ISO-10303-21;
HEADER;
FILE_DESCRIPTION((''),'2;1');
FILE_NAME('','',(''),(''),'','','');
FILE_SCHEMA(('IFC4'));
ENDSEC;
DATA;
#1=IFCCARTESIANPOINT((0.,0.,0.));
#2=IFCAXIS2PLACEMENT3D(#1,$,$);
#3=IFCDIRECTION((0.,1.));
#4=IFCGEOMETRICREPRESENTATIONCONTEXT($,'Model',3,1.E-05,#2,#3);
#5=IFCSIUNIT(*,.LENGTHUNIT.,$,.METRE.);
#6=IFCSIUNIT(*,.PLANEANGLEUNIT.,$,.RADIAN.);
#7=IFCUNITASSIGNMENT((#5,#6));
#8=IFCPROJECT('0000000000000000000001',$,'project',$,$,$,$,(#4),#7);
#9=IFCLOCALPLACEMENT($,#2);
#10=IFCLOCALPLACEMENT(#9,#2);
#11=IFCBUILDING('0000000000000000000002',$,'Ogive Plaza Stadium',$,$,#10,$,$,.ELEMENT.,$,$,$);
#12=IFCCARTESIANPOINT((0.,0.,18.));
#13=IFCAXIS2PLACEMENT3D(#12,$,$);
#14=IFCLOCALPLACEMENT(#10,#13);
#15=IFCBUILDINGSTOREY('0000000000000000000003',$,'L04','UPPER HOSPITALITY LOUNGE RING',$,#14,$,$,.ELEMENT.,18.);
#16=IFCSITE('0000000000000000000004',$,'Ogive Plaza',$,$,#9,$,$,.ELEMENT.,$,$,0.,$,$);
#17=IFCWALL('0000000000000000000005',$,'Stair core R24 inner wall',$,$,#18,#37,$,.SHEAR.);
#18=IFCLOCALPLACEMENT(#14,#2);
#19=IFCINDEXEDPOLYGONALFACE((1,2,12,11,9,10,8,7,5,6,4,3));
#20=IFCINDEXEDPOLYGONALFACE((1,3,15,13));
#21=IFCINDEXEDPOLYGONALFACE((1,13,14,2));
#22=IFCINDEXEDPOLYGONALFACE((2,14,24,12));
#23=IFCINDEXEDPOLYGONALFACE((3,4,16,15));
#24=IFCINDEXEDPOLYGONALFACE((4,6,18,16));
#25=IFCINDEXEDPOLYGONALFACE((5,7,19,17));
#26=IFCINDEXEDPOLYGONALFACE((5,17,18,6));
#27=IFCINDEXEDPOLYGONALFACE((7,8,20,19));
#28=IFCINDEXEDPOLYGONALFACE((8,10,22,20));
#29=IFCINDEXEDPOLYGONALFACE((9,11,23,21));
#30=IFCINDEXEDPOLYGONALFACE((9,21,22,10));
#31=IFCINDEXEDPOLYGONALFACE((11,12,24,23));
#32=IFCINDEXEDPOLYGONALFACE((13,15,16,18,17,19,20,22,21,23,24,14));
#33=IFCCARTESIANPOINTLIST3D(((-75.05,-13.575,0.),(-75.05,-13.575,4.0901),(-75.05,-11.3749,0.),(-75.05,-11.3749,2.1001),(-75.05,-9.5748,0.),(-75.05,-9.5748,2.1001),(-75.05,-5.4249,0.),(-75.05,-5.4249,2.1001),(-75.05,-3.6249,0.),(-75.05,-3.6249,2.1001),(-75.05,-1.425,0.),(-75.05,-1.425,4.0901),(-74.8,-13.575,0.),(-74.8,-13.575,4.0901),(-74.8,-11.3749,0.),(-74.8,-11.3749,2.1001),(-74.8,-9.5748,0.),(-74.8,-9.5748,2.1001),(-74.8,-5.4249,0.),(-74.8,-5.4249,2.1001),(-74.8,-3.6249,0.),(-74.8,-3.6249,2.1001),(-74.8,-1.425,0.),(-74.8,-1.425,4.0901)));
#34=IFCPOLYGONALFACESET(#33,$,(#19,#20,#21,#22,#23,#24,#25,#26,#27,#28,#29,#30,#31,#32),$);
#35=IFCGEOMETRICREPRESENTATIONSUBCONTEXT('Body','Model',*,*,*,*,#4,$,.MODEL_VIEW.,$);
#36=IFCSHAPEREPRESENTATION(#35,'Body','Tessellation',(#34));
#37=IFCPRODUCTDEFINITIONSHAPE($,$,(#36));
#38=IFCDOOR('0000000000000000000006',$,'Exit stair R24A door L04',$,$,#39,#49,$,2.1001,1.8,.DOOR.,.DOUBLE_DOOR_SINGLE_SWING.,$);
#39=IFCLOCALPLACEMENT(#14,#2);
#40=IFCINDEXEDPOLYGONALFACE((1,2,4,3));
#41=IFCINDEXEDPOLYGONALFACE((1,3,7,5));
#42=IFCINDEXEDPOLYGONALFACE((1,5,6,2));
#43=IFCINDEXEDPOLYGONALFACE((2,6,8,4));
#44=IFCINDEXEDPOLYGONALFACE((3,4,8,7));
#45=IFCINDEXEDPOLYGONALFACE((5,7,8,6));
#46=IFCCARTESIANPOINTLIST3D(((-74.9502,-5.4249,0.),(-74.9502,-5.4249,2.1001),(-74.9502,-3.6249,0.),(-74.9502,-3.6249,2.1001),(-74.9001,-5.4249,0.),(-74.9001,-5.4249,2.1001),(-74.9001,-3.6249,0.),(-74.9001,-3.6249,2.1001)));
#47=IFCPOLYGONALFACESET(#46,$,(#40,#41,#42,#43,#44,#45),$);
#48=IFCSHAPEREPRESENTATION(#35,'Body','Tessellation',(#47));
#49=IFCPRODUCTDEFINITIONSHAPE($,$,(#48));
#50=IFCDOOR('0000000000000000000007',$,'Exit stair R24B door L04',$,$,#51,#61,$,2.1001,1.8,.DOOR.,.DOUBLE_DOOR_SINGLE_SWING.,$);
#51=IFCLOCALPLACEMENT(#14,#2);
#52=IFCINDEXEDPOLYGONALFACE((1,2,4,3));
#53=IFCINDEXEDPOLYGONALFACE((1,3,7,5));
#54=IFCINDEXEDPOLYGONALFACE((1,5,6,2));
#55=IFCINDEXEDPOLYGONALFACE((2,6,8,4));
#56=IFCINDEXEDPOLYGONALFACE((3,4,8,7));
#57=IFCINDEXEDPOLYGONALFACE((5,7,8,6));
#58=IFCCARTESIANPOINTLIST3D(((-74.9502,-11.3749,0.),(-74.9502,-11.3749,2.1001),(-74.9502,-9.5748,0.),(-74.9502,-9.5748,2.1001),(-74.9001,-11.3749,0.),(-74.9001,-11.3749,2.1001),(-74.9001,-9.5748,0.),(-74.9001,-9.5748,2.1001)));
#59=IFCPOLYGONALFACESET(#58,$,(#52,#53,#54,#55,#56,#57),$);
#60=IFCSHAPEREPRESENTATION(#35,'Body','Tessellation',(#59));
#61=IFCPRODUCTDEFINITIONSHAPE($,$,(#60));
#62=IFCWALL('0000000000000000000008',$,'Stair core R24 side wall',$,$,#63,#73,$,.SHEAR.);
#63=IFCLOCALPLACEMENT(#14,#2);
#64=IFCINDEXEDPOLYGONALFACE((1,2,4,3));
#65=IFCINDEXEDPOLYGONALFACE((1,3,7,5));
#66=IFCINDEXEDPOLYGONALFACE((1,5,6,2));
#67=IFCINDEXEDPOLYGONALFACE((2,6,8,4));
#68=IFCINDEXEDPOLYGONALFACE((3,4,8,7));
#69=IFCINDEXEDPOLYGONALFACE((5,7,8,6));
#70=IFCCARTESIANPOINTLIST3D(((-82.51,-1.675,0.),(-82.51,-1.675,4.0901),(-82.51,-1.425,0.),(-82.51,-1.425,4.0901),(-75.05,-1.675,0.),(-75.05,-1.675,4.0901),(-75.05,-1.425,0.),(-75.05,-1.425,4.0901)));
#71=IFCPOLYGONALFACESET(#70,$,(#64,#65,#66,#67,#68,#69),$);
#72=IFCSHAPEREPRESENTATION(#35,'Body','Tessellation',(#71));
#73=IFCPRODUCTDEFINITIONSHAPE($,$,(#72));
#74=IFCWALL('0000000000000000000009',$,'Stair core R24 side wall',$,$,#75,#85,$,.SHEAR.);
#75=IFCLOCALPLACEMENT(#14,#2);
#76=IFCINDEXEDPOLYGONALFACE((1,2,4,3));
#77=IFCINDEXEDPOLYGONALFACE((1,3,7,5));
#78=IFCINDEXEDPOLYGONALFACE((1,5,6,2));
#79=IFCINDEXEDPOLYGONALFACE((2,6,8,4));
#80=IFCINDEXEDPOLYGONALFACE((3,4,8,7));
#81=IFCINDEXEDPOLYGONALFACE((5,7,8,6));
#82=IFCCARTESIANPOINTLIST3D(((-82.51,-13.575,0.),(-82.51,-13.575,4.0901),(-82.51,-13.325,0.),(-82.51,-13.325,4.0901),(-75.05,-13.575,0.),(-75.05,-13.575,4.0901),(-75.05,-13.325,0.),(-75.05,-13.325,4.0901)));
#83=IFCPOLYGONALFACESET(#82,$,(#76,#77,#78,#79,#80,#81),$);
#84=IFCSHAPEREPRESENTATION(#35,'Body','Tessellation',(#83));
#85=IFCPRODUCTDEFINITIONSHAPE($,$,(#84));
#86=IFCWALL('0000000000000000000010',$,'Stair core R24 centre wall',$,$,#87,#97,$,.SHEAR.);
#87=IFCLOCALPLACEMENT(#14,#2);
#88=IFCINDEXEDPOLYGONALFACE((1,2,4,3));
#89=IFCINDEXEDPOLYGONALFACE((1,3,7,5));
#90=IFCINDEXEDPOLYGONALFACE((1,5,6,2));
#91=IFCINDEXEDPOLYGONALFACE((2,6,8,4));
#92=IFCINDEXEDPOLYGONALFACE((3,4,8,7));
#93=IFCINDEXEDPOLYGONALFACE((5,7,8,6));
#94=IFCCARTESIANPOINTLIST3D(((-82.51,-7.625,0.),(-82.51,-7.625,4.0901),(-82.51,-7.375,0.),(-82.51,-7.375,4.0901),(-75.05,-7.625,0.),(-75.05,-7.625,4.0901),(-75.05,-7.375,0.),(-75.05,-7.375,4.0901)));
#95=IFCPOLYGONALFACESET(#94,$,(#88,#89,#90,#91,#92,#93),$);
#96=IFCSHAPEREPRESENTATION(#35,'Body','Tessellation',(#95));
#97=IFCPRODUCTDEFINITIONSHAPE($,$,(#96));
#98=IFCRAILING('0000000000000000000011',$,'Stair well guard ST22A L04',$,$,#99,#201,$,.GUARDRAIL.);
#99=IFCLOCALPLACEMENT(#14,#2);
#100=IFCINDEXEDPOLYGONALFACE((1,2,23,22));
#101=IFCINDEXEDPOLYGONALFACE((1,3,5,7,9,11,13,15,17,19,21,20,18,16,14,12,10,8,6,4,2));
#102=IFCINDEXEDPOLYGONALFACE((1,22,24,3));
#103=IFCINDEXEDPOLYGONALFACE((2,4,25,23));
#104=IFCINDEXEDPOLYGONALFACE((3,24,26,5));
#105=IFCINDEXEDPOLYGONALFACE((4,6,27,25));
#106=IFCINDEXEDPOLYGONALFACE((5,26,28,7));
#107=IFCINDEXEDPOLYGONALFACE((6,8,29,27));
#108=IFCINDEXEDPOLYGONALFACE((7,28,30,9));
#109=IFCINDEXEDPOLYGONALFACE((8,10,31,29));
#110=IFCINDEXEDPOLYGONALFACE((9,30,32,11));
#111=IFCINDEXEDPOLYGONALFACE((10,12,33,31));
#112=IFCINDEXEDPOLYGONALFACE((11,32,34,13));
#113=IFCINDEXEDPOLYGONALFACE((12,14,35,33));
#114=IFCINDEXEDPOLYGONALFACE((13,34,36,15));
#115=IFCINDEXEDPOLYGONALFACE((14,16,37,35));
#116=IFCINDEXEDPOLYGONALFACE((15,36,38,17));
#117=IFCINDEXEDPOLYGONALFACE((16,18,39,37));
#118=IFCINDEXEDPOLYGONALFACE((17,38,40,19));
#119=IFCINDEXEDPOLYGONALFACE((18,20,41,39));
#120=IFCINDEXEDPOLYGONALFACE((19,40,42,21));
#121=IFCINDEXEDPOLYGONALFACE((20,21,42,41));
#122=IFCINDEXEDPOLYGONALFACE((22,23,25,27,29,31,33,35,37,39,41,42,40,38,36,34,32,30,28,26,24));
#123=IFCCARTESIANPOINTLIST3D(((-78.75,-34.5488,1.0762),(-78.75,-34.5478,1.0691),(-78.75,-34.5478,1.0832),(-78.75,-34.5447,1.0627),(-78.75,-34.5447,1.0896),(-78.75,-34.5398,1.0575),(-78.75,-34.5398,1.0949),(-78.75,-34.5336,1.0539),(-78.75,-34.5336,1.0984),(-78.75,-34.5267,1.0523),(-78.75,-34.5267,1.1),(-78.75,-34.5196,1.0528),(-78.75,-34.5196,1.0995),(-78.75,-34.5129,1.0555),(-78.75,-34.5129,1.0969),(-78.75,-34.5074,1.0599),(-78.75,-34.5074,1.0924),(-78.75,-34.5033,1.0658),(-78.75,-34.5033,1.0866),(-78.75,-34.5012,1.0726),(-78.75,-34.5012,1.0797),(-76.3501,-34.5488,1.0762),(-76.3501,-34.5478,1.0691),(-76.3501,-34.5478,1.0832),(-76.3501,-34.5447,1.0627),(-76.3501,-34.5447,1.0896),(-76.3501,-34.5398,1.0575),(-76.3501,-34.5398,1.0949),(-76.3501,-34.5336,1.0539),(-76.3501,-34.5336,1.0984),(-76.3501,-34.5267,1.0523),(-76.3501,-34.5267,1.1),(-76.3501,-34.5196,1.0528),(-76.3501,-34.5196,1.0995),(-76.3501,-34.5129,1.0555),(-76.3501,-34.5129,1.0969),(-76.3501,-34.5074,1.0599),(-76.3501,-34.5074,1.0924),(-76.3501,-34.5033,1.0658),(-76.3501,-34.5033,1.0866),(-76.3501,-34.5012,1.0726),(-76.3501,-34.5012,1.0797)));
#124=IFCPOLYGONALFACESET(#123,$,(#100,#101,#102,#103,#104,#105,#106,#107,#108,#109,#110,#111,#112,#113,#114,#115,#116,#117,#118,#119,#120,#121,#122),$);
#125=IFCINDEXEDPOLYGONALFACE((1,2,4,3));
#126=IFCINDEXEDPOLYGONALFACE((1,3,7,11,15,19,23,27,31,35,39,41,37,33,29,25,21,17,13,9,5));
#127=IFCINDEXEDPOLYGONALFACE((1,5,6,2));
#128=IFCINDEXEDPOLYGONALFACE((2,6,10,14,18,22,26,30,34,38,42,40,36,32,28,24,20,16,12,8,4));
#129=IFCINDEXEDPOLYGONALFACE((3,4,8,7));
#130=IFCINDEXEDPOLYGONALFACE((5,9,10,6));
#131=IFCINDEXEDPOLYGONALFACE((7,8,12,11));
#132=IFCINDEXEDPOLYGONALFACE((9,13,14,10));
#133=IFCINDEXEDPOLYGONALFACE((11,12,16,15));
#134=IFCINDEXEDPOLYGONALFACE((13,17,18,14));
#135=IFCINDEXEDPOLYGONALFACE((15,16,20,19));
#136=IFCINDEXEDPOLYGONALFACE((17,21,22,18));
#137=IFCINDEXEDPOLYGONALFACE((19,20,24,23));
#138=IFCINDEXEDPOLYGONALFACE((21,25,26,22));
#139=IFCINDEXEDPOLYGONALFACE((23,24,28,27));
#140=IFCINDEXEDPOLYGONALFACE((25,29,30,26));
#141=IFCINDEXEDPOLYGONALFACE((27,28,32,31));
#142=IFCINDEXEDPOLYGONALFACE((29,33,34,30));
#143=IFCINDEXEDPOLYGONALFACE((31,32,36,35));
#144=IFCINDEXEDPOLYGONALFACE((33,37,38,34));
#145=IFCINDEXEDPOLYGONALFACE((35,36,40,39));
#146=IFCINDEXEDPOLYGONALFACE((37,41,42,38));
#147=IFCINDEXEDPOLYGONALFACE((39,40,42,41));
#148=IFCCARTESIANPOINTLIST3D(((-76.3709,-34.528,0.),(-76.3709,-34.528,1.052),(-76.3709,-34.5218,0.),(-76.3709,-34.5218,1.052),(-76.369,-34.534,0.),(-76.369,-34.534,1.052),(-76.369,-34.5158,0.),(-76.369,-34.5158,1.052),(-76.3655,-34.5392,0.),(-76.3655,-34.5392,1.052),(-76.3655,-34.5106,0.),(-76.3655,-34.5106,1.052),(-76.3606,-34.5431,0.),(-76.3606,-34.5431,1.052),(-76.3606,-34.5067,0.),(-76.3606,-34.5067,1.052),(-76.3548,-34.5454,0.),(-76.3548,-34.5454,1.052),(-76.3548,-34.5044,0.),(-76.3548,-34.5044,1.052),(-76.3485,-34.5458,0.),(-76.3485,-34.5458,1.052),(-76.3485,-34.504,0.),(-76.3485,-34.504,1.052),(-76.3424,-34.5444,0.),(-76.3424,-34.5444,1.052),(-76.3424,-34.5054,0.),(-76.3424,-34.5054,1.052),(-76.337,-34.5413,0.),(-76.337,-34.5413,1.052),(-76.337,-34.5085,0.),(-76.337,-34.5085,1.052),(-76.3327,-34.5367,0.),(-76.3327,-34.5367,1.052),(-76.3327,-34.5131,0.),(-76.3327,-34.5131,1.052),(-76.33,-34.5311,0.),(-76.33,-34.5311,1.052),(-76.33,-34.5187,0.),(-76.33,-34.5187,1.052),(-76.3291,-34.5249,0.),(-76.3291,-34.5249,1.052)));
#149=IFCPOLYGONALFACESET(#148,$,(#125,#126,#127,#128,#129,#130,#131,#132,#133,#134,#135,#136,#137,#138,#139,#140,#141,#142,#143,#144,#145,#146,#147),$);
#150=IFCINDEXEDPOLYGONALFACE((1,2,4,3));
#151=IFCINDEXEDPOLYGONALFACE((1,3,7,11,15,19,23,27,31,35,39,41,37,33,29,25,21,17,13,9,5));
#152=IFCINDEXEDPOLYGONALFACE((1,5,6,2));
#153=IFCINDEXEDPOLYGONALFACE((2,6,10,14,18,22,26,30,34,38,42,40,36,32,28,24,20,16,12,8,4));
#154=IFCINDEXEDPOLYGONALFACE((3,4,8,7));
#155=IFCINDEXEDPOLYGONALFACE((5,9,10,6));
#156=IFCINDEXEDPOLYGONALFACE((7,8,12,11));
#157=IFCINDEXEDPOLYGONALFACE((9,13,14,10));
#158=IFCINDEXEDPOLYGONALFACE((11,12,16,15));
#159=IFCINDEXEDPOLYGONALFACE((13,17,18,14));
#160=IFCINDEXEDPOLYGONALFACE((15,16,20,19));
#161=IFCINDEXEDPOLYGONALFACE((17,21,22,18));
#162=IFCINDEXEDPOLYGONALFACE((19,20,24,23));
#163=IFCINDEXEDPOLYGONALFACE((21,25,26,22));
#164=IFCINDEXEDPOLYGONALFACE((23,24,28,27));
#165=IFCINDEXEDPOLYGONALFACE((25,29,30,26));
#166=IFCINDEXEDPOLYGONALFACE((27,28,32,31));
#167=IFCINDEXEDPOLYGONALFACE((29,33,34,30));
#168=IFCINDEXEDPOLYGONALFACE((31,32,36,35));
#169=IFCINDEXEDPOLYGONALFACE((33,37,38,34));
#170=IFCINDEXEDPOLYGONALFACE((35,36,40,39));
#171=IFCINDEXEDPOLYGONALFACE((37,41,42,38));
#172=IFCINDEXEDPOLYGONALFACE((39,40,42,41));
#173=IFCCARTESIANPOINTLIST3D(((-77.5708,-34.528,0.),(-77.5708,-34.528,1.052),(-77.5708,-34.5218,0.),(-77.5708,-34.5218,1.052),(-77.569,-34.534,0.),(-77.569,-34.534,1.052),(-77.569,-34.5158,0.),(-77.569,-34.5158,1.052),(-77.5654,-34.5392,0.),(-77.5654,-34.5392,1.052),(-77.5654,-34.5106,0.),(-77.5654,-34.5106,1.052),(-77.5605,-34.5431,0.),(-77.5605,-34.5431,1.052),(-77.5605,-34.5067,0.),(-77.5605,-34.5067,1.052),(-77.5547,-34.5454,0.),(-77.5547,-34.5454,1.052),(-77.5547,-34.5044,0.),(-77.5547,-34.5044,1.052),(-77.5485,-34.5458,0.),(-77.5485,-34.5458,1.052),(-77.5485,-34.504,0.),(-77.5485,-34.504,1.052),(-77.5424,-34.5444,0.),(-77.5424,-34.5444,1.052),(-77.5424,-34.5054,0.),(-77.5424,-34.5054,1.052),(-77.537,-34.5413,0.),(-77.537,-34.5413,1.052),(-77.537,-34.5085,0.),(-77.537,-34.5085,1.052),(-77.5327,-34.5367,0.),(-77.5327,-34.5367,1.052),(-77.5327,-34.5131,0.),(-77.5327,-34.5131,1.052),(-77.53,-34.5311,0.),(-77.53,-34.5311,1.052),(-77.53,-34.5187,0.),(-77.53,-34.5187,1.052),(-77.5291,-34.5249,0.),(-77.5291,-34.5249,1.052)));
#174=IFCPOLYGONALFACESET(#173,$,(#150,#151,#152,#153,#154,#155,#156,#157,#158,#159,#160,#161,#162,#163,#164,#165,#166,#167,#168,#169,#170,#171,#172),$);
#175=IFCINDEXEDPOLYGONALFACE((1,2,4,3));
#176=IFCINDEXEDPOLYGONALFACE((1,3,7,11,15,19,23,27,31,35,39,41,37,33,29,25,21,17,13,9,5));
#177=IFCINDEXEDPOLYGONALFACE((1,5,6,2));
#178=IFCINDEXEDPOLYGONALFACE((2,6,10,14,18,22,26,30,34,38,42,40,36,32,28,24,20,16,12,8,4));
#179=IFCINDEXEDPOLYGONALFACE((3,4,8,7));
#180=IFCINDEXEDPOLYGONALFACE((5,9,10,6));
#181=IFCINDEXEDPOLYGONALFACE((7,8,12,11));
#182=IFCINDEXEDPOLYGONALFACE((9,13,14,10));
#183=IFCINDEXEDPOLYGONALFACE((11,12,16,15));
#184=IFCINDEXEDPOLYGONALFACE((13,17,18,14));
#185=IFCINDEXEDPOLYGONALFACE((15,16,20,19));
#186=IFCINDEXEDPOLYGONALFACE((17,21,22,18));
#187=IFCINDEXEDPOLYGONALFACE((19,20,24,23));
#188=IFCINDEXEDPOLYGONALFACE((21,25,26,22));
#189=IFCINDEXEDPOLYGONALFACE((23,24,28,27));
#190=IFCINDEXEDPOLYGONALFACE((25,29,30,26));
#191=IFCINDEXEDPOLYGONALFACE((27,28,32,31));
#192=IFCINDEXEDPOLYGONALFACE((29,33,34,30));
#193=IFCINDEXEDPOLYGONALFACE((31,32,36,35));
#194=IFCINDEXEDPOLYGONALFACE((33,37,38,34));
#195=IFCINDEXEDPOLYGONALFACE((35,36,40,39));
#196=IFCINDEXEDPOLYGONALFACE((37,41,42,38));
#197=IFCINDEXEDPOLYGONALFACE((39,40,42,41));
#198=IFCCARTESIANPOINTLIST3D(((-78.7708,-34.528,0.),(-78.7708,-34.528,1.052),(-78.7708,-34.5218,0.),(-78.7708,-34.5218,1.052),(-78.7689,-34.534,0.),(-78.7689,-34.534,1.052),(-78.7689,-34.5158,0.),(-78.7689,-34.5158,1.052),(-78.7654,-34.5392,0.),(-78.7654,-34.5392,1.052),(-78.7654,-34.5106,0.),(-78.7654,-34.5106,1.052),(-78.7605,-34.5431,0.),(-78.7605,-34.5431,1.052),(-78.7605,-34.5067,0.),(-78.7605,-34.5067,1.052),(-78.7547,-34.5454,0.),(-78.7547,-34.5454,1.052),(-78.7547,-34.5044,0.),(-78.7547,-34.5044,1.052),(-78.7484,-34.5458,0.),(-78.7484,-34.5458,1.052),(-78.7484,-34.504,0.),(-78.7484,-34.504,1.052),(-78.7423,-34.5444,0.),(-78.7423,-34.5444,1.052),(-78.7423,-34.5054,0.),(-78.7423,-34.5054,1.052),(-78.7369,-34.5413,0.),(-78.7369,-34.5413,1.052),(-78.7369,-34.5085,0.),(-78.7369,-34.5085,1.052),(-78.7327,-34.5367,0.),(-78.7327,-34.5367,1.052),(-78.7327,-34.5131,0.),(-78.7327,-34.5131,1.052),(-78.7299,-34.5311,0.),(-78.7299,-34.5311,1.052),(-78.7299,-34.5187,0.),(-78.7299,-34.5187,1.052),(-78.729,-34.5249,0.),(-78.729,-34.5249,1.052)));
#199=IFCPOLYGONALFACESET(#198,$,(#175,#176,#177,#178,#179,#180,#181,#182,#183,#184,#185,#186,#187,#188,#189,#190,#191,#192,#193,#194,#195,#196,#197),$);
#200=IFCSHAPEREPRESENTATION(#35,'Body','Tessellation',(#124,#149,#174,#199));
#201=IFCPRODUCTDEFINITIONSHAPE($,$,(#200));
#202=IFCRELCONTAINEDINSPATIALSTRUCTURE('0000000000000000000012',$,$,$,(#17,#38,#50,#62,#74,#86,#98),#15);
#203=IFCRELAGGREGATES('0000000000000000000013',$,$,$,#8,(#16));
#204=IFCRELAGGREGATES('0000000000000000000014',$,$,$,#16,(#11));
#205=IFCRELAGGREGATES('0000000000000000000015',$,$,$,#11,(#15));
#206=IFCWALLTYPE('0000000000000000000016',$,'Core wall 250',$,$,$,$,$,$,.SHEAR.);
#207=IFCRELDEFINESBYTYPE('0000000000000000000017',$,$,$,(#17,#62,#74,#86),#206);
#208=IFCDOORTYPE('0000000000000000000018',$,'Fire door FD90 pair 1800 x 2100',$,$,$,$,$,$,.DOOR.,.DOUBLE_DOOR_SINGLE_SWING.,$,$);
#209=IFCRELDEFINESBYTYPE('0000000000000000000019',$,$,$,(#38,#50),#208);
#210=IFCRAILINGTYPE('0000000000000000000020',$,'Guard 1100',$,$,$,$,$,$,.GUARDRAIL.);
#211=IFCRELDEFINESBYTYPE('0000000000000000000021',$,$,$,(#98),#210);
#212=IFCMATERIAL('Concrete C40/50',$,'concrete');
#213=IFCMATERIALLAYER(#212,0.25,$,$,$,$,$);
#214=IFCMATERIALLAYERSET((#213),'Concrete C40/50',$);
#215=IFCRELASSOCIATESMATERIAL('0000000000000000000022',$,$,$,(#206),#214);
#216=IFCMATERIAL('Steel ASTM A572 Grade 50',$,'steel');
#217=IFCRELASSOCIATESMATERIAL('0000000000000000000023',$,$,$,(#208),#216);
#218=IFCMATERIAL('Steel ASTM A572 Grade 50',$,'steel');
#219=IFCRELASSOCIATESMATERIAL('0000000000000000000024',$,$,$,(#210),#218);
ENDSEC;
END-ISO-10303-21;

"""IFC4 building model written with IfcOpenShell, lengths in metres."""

from ifc_helpers import new_model, si_unit, direction, frame, frame_2d, origin, origin_2d, place, context, subcontext, project, spatial, rectangle, circle, extrude, material, layer, layer_set, type_object, element, fill, save


model = new_model("IFC4")

# Units and contexts
model_context = context("Model", 3, precision=1e-05, world=origin(), true_north=direction((0.0, 1.0)))
body_context = subcontext(model_context, "Body", "Model", "MODEL_VIEW")
ifc_project = project(units=[si_unit("LENGTHUNIT", "METRE"), si_unit("PLANEANGLEUNIT", "RADIAN")], contexts=[model_context])

# Site, building, storey
site_placement = place(None, origin())
site = spatial("IfcSite", under=ifc_project, at=site_placement, Name="Ogive Plaza", CompositionType="ELEMENT", RefElevation=0.0)
building_placement = place(site_placement, origin())
building = spatial("IfcBuilding", under=site, at=building_placement, Name="Ogive Plaza Stadium", CompositionType="ELEMENT")
storey_placement = place(building_placement, frame((0.0, 0.0, 18.0)))
storey = spatial("IfcBuildingStorey", under=building, at=storey_placement, Name="L04", Description="UPPER HOSPITALITY LOUNGE RING", CompositionType="ELEMENT", Elevation=18.0)

# Shared definitions
ifc_material_1 = material(Name="Concrete C40/50", Category="concrete")
ifc_layer = layer(ifc_material_1, 0.25)
ifc_layer_set = layer_set([ifc_layer], Name="Concrete C40/50")
wall_type = type_object("IfcWallType", Name="Core wall 250", PredefinedType="SHEAR", material=ifc_layer_set)
ifc_material_2 = material(Name="Steel ASTM A572 Grade 50", Category="steel")
door_type = type_object("IfcDoorType", Name="Fire door FD90 pair 1800 x 2100", OperationType="DOUBLE_DOOR_SINGLE_SWING", PredefinedType="DOOR", material=ifc_material_2)

# Wall, openings, doors
wall_1_placement = place(storey_placement, frame((-74.925, -1.425, 0.0), z_axis=(0.0, 0.0, 1.0), x_axis=(0.0, -1.0, 0.0)))
wall_1 = element("IfcWall", 1, at=wall_1_placement, inside=storey, type_object=wall_type, Name="Stair core R24 inner wall", PredefinedType="SHEAR", context=body_context, shape_type="SweptSolid", body=[
    extrude(rectangle(XDim=12.1499, YDim=0.25, at=frame_2d((6.075, 0.0))), origin(), (0.0, 0.0, 1.0), 4.0901),
])
opening_1_placement = place(wall_1_placement, frame((2.2, 0.0, 0.0)))
opening_1 = element("IfcOpeningElement", 2, at=opening_1_placement, cuts=wall_1, PredefinedType="OPENING", context=body_context, shape_type="SweptSolid", body=[
    extrude(rectangle(XDim=1.8, YDim=2.1001, at=frame_2d((0.8999, 1.05))), frame((0.0, 0.125, 0.0), z_axis=(0.0, -1.0, 0.0), x_axis=(1.0, 0.0, 0.0)), (0.0, 0.0, 1.0), 0.25),
])
opening_2_placement = place(wall_1_placement, frame((8.1499, 0.0, 0.0)))
opening_2 = element("IfcOpeningElement", 3, at=opening_2_placement, cuts=wall_1, PredefinedType="OPENING", context=body_context, shape_type="SweptSolid", body=[
    extrude(rectangle(XDim=1.8, YDim=2.1001, at=frame_2d((0.8999, 1.05))), frame((0.0, 0.125, 0.0), z_axis=(0.0, -1.0, 0.0), x_axis=(1.0, 0.0, 0.0)), (0.0, 0.0, 1.0), 0.25),
])
door_1_placement = place(opening_1_placement, origin())
door_1 = element("IfcDoor", 4, at=door_1_placement, inside=storey, type_object=door_type, Name="Exit stair R24A door L04", OperationType="DOUBLE_DOOR_SINGLE_SWING", OverallHeight=2.1001, OverallWidth=1.8, PredefinedType="DOOR", context=body_context, shape_type="SweptSolid", body=[
    extrude(rectangle(XDim=1.8, YDim=2.1001, at=frame_2d((0.8999, 1.05))), frame((0.0, 0.0249, 0.0), z_axis=(0.0, -1.0, 0.0), x_axis=(1.0, 0.0, 0.0)), (0.0, 0.0, 1.0), 0.05),
])
fill(opening_1, door_1)
door_2_placement = place(opening_2_placement, origin())
door_2 = element("IfcDoor", 5, at=door_2_placement, inside=storey, type_object=door_type, Name="Exit stair R24B door L04", OperationType="DOUBLE_DOOR_SINGLE_SWING", OverallHeight=2.1001, OverallWidth=1.8, PredefinedType="DOOR", context=body_context, shape_type="SweptSolid", body=[
    extrude(rectangle(XDim=1.8, YDim=2.1001, at=frame_2d((0.8999, 1.05))), frame((0.0, 0.0249, 0.0), z_axis=(0.0, -1.0, 0.0), x_axis=(1.0, 0.0, 0.0)), (0.0, 0.0, 1.0), 0.05),
])
fill(opening_2, door_2)

# Walls
for number, where, z_axis, x_axis, name in (
    (6, (-75.05, -1.55, 0.0), (0.0, 0.0, 1.0), (-1.0, 0.0, 0.0), "Stair core R24 side wall"),
    (7, (-75.05, -13.45, 0.0), (0.0, 0.0, 1.0), (-1.0, 0.0, 0.0), "Stair core R24 side wall"),
    (8, (-75.05, -7.5, 0.0), (0.0, 0.0, 1.0), (-1.0, 0.0, 0.0), "Stair core R24 centre wall"),
):
    element("IfcWall", number, at=place(storey_placement, frame(where, z_axis=z_axis, x_axis=x_axis)), inside=storey, type_object=wall_type, Name=name, PredefinedType="SHEAR", context=body_context, shape_type="SweptSolid", body=[
        extrude(rectangle(XDim=7.46, YDim=0.25, at=frame_2d((3.73, 0.0))), origin(), (0.0, 0.0, 1.0), 4.0901),
    ])

# Railing
ifc_material_3 = material(Name="Steel ASTM A572 Grade 50", Category="steel")
railing_type_1 = type_object("IfcRailingType", Name="Guard 1100", PredefinedType="GUARDRAIL", material=ifc_material_3)
for number, where, name in (
    (9, (-76.3501, -34.5249, 0.0), "Stair well guard ST22A L04"),
):
    element("IfcRailing", number, at=place(storey_placement, frame(where)), inside=storey, type_object=railing_type_1, Name=name, PredefinedType="GUARDRAIL", context=body_context, shape_type="SweptSolid", body=[
        extrude(circle(Radius=0.0239, at=origin_2d()), frame((0.0, 0.0, 1.0762), z_axis=(-1.0, 0.0, 0.0), x_axis=(0.0, -1.0, 0.0)), (0.0, 0.0, 1.0), 2.3999),
        extrude(circle(Radius=0.021, at=origin_2d()), origin(), (0.0, 0.0, 1.0), 1.052),
        extrude(circle(Radius=0.021, at=origin_2d()), frame((-1.2, 0.0, 0.0)), (0.0, 0.0, 1.0), 1.052),
        extrude(circle(Radius=0.021, at=origin_2d()), frame((-2.3999, 0.0, 0.0)), (0.0, 0.0, 1.0), 1.052),
    ])

save(model, "model.ifc")
